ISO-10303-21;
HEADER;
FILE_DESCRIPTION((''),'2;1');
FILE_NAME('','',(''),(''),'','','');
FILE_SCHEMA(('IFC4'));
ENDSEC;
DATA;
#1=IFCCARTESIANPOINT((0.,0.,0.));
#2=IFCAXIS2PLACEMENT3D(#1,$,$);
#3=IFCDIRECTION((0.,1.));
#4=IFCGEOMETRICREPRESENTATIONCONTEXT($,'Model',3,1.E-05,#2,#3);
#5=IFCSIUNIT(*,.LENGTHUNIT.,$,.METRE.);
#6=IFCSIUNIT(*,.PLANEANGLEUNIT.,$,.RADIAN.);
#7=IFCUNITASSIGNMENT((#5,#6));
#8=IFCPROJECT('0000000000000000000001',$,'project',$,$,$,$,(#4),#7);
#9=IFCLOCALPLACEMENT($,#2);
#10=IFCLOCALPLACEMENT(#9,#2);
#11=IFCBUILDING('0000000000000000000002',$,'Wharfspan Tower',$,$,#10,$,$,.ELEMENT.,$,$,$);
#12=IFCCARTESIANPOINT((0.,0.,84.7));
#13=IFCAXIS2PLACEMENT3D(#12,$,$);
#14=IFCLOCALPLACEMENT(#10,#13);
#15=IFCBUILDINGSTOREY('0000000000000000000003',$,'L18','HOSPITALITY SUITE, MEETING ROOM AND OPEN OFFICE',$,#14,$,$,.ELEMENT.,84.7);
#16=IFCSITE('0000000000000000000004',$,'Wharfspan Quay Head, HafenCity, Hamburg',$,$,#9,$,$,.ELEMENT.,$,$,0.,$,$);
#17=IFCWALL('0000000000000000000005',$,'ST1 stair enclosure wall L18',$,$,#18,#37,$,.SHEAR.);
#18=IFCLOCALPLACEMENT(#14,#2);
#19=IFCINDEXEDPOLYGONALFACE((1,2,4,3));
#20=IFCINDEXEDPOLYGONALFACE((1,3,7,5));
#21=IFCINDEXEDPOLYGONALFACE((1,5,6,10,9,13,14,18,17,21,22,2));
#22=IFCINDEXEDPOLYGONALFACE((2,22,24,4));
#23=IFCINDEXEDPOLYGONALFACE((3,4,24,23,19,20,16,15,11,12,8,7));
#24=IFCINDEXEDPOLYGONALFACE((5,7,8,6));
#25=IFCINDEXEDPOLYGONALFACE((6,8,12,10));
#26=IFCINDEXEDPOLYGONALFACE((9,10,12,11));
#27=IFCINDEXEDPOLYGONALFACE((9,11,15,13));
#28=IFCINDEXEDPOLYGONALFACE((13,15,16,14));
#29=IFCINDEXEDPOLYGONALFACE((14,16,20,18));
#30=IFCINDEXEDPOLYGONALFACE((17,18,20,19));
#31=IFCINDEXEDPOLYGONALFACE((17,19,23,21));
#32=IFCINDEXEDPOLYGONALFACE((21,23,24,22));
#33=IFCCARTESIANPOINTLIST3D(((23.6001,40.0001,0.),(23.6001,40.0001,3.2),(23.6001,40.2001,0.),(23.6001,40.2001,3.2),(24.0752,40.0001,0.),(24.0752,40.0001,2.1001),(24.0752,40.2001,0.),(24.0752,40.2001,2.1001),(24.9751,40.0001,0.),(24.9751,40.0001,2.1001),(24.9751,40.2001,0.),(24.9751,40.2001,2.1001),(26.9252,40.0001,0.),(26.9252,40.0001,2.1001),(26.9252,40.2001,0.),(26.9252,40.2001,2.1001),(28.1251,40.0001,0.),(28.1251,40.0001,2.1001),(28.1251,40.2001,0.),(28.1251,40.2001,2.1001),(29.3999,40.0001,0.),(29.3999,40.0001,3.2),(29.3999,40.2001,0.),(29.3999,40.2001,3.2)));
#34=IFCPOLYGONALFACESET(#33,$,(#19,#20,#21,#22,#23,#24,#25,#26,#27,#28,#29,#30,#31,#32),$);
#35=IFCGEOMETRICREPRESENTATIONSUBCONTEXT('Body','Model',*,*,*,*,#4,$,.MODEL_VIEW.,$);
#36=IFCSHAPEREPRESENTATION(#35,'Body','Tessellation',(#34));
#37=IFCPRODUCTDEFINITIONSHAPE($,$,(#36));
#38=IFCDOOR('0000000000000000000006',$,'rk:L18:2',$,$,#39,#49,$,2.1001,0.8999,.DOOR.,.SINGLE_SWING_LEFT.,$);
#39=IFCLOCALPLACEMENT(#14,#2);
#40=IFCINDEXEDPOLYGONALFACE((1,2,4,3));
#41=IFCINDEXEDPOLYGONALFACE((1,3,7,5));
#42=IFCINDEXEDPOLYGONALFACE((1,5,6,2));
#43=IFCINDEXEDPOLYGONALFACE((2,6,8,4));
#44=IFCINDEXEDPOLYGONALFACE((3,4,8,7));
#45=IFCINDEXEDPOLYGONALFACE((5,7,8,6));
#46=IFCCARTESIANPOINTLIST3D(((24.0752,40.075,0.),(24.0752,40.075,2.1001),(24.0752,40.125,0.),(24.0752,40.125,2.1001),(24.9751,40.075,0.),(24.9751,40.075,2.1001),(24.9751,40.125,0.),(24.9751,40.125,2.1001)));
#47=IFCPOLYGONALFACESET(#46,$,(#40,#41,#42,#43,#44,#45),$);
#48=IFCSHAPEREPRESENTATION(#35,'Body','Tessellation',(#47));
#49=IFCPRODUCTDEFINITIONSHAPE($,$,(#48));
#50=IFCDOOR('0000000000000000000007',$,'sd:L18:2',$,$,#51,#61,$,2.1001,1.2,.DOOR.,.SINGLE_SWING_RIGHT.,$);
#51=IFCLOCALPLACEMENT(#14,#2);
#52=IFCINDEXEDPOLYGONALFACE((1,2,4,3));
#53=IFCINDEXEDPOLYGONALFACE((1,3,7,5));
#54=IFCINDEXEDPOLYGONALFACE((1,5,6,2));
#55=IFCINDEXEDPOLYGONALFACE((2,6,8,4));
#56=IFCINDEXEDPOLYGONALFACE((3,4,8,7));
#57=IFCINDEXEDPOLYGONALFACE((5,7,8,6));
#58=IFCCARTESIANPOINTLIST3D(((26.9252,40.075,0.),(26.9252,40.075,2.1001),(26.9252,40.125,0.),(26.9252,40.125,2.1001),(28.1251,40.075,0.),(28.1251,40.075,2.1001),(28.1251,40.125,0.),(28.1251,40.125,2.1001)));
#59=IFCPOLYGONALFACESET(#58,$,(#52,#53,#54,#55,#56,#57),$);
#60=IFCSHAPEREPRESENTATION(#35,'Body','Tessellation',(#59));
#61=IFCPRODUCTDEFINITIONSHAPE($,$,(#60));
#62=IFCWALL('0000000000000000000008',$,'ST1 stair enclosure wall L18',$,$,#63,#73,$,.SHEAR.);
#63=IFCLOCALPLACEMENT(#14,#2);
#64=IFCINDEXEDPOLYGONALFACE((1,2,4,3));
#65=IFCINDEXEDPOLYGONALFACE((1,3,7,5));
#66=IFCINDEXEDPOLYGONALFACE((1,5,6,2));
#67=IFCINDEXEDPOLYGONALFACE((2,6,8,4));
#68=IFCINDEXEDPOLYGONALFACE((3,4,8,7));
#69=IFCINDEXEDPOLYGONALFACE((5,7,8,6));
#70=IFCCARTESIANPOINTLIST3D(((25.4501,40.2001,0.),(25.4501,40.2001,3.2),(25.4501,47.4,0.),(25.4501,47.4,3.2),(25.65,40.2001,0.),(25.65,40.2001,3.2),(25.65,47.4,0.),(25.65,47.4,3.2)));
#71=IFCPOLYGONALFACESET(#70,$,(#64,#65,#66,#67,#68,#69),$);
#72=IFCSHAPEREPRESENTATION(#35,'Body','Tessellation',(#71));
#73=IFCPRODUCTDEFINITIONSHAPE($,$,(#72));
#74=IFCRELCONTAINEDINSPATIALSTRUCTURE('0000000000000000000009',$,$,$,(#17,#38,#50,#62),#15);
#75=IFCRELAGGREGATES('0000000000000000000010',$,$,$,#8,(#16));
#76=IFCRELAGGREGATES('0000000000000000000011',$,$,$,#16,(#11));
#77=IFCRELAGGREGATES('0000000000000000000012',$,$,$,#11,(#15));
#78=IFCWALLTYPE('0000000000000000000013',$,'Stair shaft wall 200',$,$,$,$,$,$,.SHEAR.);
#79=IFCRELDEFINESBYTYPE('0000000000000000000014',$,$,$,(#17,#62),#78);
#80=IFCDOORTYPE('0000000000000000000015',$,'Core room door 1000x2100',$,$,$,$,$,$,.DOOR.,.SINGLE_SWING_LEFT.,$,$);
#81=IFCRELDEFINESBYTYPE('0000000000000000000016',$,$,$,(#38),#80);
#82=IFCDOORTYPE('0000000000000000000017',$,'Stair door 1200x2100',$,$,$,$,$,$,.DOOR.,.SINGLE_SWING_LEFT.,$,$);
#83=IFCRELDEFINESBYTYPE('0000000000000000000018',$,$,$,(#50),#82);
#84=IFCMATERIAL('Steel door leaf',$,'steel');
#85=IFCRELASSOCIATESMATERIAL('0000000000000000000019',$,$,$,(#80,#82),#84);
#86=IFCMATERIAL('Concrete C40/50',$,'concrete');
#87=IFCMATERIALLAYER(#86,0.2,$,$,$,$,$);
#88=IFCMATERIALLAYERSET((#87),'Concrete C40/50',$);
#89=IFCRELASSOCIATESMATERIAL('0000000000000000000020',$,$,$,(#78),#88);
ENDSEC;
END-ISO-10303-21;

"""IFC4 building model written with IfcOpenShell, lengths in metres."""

from ifc_helpers import new_model, si_unit, direction, frame, frame_2d, origin, place, context, subcontext, project, spatial, rectangle, extrude, material, layer, layer_set, type_object, element, fill, save


model = new_model("IFC4")

# Units and contexts
model_context = context("Model", 3, precision=1e-05, world=origin(), true_north=direction((0.0, 1.0)))
body_context = subcontext(model_context, "Body", "Model", "MODEL_VIEW")
ifc_project = project(units=[si_unit("LENGTHUNIT", "METRE"), si_unit("PLANEANGLEUNIT", "RADIAN")], contexts=[model_context])

# Site, building, storey
site_placement = place(None, origin())
site = spatial("IfcSite", under=ifc_project, at=site_placement, Name="Wharfspan Quay Head, HafenCity, Hamburg", CompositionType="ELEMENT", RefElevation=0.0)
building_placement = place(site_placement, origin())
building = spatial("IfcBuilding", under=site, at=building_placement, Name="Wharfspan Tower", CompositionType="ELEMENT")
storey_placement = place(building_placement, frame((0.0, 0.0, 84.7)))
storey = spatial("IfcBuildingStorey", under=building, at=storey_placement, Name="L18", Description="HOSPITALITY SUITE, MEETING ROOM AND OPEN OFFICE", CompositionType="ELEMENT", Elevation=84.7)

# Shared definitions
ifc_material_1 = material(Name="Steel door leaf", Category="steel")
door_type_1 = type_object("IfcDoorType", Name="Core room door 1000x2100", OperationType="SINGLE_SWING_LEFT", PredefinedType="DOOR", material=ifc_material_1)

# Wall, openings, doors
ifc_material_2 = material(Name="Concrete C40/50", Category="concrete")
ifc_layer_1 = layer(ifc_material_2, 0.2)
ifc_layer_set_1 = layer_set([ifc_layer_1], Name="Concrete C40/50")
wall_type_1 = type_object("IfcWallType", Name="Stair shaft wall 200", PredefinedType="SHEAR", material=ifc_layer_set_1)
wall_1_placement = place(storey_placement, frame((23.6001, 40.1001, 0.0), z_axis=(0.0, 0.0, 1.0), x_axis=(1.0, 0.0, 0.0)))
wall_1 = element("IfcWall", 1, at=wall_1_placement, inside=storey, type_object=wall_type_1, Name="ST1 stair enclosure wall L18", PredefinedType="SHEAR", context=body_context, shape_type="SweptSolid", body=[
    extrude(rectangle(XDim=5.7998, YDim=0.2, at=frame_2d((2.8999, 0.0))), origin(), (0.0, 0.0, 1.0), 3.2),
])
opening_1_placement = place(wall_1_placement, frame((3.325, 0.0, 0.0)))
opening_1 = element("IfcOpeningElement", 2, at=opening_1_placement, cuts=wall_1, PredefinedType="OPENING", context=body_context, shape_type="SweptSolid", body=[
    extrude(rectangle(XDim=1.2, YDim=2.1001, at=frame_2d((0.6001, 1.05))), frame((0.0, 0.1099, 0.0), z_axis=(0.0, -1.0, 0.0), x_axis=(1.0, 0.0, 0.0)), (0.0, 0.0, 1.0), 0.22),
])
opening_2_placement = place(wall_1_placement, frame((0.4751, 0.0, 0.0)))
opening_2 = element("IfcOpeningElement", 3, at=opening_2_placement, cuts=wall_1, PredefinedType="OPENING", context=body_context, shape_type="SweptSolid", body=[
    extrude(rectangle(XDim=0.8999, YDim=2.1001, at=frame_2d((0.45, 1.05))), frame((0.0, 0.1099, 0.0), z_axis=(0.0, -1.0, 0.0), x_axis=(1.0, 0.0, 0.0)), (0.0, 0.0, 1.0), 0.22),
])
door_1_placement = place(opening_2_placement, origin())
door_1 = element("IfcDoor", 4, at=door_1_placement, inside=storey, type_object=door_type_1, Name="rk:L18:2", OperationType="SINGLE_SWING_LEFT", OverallHeight=2.1001, OverallWidth=0.8999, PredefinedType="DOOR", context=body_context, shape_type="SweptSolid", body=[
    extrude(rectangle(XDim=0.8999, YDim=2.1001, at=frame_2d((0.45, 1.05))), frame((0.0, 0.0249, 0.0), z_axis=(0.0, -1.0, 0.0), x_axis=(1.0, 0.0, 0.0)), (0.0, 0.0, 1.0), 0.05),
])
fill(opening_2, door_1)
door_type_2 = type_object("IfcDoorType", Name="Stair door 1200x2100", OperationType="SINGLE_SWING_LEFT", PredefinedType="DOOR", material=ifc_material_1)
door_2_placement = place(opening_1_placement, origin())
door_2 = element("IfcDoor", 5, at=door_2_placement, inside=storey, type_object=door_type_2, Name="sd:L18:2", OperationType="SINGLE_SWING_RIGHT", OverallHeight=2.1001, OverallWidth=1.2, PredefinedType="DOOR", context=body_context, shape_type="SweptSolid", body=[
    extrude(rectangle(XDim=1.2, YDim=2.1001, at=frame_2d((0.6001, 1.05))), frame((0.0, 0.0249, 0.0), z_axis=(0.0, -1.0, 0.0), x_axis=(1.0, 0.0, 0.0)), (0.0, 0.0, 1.0), 0.05),
])
fill(opening_1, door_2)

# Wall
wall_2_placement = place(storey_placement, frame((25.55, 40.2, 0.0), z_axis=(0.0, 0.0, 1.0), x_axis=(0.0, 1.0, 0.0)))
element("IfcWall", 6, at=wall_2_placement, inside=storey, type_object=wall_type_1, Name="ST1 stair enclosure wall L18", PredefinedType="SHEAR", context=body_context, shape_type="SweptSolid", body=[
    extrude(rectangle(XDim=7.2, YDim=0.2, at=frame_2d((3.6001, 0.0))), origin(), (0.0, 0.0, 1.0), 3.2),
])

save(model, "model.ifc")
